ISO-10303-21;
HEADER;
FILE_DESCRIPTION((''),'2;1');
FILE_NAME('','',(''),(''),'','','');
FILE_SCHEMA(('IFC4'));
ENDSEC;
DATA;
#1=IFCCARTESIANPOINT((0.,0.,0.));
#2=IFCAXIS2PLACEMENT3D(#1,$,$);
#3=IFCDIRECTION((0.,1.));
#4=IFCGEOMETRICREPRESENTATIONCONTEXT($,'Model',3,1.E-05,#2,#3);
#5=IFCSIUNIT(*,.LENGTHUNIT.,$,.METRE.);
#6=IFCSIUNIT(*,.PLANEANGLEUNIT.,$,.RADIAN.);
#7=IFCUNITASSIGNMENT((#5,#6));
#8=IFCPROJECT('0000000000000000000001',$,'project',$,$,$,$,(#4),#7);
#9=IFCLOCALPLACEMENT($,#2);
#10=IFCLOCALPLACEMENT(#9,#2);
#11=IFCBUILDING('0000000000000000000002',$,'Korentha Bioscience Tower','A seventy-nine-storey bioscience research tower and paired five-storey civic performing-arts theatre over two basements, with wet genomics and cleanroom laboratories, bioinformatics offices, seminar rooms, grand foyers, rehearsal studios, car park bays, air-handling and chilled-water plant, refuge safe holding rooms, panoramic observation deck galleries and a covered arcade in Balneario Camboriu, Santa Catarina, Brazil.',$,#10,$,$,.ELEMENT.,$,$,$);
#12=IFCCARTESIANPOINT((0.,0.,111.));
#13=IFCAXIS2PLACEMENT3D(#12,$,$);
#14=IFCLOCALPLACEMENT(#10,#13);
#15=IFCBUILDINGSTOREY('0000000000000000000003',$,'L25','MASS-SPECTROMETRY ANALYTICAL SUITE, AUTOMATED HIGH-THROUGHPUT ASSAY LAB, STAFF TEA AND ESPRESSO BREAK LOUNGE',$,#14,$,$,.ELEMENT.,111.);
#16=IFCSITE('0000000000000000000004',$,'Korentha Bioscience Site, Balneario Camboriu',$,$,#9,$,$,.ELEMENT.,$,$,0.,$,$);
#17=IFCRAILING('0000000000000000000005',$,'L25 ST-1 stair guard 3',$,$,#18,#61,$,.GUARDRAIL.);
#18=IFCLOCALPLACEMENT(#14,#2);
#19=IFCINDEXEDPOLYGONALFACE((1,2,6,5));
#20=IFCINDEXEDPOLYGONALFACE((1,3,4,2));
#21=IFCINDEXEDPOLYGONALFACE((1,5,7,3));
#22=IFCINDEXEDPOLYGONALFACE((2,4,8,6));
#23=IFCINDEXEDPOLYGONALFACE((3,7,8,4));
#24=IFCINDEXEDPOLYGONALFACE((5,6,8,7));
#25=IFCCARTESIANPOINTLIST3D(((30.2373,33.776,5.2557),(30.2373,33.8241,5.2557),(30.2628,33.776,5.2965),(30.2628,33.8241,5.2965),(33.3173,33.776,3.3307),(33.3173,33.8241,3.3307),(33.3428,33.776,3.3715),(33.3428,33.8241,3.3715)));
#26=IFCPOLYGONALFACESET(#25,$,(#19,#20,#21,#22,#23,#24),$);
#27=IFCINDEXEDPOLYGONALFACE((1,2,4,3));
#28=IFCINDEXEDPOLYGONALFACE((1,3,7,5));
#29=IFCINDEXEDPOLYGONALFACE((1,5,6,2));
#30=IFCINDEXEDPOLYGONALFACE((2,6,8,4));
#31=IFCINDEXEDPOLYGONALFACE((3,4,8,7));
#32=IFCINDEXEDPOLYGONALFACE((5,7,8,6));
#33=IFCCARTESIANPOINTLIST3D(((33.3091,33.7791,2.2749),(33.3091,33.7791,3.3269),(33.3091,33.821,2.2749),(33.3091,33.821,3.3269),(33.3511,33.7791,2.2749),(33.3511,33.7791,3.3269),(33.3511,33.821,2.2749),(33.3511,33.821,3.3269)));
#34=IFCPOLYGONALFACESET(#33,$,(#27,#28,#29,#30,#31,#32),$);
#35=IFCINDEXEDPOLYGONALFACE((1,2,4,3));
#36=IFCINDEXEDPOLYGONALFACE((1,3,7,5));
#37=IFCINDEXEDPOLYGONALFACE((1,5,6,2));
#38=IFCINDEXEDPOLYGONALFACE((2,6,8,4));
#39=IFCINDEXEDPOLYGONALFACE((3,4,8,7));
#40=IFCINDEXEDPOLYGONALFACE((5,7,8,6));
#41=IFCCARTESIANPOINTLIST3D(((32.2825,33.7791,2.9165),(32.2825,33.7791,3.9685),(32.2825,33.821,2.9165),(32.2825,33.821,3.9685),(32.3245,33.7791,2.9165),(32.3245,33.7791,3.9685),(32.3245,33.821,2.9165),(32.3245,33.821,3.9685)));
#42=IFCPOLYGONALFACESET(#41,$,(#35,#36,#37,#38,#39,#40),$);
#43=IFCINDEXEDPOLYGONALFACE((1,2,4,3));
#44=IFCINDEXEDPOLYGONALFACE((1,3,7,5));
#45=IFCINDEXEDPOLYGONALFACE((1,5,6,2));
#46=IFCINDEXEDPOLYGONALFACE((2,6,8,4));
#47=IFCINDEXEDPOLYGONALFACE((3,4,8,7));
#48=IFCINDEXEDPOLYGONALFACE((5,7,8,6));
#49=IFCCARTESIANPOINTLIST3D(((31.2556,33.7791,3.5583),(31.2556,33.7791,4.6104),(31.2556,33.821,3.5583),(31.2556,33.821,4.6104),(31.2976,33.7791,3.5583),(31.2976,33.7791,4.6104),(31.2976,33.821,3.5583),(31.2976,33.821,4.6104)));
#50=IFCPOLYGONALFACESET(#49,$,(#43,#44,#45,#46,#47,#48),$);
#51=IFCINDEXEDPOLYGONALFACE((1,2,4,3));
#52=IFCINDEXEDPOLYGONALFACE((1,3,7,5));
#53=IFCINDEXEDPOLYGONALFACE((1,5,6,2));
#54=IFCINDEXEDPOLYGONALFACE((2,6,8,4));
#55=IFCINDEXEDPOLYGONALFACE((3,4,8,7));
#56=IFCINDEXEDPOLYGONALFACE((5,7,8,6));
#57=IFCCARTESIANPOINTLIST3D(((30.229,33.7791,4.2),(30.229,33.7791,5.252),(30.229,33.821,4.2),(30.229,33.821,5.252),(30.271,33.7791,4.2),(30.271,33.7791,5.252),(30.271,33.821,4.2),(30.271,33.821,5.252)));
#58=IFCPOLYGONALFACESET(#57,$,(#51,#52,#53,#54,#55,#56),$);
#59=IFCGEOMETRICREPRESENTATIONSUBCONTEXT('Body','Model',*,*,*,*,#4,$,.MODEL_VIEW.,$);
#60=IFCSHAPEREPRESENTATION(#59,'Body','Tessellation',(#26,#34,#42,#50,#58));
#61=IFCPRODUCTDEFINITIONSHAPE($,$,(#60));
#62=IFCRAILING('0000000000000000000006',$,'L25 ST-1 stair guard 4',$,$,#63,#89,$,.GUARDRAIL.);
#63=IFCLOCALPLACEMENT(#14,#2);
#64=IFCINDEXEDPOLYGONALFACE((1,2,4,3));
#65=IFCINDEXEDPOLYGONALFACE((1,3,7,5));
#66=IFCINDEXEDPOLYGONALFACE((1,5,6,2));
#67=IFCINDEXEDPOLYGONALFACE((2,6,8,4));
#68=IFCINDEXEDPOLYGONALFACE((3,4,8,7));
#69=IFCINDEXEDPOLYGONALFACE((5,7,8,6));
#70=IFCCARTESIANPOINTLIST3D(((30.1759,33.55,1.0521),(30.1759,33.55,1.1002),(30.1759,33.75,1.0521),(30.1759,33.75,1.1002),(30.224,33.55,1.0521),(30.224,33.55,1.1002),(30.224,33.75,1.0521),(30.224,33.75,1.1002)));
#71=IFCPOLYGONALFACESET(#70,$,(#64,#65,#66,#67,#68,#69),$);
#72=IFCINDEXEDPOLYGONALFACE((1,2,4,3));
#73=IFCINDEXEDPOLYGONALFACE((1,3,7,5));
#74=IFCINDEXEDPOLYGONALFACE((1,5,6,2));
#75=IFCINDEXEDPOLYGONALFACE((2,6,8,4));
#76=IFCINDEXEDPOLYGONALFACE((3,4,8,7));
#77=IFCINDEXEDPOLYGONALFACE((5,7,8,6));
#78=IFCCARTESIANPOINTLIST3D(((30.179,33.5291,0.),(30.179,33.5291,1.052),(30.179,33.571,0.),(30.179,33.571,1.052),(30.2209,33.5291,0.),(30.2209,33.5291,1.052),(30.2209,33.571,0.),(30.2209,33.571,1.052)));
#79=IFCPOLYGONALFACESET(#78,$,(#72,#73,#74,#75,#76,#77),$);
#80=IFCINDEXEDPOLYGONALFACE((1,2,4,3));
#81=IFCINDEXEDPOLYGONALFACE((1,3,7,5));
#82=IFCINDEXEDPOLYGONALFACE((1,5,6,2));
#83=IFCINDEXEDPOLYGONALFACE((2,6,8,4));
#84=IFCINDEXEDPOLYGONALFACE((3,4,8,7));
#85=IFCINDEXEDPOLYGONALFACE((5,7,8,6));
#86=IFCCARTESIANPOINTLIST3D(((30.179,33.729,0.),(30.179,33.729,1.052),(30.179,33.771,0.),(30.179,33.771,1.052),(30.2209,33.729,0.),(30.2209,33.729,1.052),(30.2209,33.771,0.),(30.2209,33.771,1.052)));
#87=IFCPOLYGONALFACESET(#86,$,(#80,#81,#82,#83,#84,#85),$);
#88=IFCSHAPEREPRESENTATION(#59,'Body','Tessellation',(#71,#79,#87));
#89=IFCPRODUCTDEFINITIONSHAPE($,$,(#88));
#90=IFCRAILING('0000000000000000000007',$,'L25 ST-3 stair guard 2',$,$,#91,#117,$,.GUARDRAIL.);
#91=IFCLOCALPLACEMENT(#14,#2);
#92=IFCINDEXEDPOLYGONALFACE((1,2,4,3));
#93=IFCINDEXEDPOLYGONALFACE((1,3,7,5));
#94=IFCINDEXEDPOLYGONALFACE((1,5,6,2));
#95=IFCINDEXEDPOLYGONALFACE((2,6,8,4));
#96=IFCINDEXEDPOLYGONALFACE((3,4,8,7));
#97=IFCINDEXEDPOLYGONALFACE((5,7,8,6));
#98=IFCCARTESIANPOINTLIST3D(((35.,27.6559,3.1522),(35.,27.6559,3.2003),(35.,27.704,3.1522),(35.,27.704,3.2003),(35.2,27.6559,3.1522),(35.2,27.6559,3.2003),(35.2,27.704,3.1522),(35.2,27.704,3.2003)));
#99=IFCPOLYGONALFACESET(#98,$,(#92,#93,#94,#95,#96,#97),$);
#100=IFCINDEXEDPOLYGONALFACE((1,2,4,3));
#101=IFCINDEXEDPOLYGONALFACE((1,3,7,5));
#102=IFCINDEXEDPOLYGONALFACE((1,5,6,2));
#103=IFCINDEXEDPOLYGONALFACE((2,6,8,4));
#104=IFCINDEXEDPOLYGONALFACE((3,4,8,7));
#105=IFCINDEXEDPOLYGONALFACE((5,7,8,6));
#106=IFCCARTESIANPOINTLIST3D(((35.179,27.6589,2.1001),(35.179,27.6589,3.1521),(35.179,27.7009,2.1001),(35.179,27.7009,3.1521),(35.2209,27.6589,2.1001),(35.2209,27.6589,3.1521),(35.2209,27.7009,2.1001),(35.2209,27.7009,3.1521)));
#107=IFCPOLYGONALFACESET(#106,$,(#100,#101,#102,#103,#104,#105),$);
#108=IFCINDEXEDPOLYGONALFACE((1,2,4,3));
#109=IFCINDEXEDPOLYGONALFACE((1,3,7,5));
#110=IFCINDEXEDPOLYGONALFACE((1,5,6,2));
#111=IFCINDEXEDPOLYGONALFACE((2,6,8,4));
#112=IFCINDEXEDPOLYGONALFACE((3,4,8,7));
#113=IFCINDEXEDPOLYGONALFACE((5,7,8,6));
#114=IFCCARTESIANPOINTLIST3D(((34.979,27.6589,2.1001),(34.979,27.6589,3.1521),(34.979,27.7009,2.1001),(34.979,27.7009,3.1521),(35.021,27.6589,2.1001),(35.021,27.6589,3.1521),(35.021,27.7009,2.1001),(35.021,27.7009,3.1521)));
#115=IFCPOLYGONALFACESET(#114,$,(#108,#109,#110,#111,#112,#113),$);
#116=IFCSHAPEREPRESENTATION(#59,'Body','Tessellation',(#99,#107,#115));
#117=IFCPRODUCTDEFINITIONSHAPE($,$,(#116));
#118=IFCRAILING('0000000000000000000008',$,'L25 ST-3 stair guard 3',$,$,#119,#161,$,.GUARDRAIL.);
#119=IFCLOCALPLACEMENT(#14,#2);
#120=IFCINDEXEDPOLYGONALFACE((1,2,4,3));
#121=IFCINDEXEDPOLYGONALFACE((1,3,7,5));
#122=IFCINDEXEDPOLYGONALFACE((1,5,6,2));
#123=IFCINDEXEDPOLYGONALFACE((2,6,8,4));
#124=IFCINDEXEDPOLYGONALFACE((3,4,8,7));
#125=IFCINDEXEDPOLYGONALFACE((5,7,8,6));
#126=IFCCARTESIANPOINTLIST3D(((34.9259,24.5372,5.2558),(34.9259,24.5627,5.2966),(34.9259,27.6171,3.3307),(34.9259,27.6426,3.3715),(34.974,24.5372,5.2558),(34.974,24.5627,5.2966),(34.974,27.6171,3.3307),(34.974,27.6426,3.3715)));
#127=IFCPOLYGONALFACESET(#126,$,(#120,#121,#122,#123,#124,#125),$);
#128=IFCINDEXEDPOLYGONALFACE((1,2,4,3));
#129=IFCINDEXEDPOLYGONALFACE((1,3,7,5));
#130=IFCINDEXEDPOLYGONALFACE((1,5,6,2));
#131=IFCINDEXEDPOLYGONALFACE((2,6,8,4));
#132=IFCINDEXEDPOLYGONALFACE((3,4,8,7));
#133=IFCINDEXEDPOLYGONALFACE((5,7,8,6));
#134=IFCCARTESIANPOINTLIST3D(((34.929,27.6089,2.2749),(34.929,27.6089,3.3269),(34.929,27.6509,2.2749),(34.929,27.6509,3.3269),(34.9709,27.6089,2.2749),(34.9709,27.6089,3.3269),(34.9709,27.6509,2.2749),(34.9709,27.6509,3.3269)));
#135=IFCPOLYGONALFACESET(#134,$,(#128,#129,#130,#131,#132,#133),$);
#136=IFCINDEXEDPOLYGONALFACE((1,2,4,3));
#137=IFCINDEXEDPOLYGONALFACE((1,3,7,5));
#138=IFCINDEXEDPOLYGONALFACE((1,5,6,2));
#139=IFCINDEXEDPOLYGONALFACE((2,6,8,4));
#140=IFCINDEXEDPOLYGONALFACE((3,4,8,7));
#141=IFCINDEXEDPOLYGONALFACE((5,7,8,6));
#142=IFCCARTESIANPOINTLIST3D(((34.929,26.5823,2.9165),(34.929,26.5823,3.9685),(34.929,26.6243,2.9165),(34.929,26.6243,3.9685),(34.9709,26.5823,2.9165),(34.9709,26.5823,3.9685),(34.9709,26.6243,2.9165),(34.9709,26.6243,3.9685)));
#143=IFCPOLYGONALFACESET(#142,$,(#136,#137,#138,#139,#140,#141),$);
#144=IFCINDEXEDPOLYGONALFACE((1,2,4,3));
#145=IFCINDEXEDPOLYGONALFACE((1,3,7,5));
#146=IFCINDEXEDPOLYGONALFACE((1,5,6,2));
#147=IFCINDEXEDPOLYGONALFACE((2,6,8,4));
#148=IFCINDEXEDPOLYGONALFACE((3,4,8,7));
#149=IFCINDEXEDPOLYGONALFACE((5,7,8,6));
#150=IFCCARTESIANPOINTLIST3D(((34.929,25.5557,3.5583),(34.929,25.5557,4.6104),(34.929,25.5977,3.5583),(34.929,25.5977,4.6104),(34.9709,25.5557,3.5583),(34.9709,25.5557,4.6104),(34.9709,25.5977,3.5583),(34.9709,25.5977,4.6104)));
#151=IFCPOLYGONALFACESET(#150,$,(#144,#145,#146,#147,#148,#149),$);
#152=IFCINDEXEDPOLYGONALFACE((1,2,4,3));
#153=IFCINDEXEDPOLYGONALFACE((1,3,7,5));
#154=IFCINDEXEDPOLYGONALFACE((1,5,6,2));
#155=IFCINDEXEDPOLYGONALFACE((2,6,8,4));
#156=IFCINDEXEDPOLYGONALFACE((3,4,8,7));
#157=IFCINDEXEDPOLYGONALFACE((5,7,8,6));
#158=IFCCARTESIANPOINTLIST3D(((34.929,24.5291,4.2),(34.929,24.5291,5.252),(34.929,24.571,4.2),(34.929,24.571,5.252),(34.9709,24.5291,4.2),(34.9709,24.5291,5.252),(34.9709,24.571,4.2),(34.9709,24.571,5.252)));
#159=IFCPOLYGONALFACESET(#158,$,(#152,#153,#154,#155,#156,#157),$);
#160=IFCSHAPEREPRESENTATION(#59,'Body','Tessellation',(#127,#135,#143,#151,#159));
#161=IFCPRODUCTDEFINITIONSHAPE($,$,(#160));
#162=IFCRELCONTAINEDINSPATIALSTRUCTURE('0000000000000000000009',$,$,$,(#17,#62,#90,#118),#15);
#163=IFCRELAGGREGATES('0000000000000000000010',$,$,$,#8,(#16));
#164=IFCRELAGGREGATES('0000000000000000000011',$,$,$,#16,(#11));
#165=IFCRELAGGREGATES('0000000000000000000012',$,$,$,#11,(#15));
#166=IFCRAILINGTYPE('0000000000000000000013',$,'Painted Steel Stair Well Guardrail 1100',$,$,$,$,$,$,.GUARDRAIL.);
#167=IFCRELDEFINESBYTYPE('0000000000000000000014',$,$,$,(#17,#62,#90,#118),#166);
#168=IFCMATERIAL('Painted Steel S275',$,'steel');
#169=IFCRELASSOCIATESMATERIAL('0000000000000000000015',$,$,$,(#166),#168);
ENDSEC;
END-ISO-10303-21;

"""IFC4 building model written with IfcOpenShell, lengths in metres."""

from ifc_helpers import new_model, si_unit, direction, frame, origin, origin_2d, place, context, subcontext, project, spatial, rectangle, extrude, material, type_object, element, save


model = new_model("IFC4")

# Units and contexts
model_context = context("Model", 3, precision=1e-05, world=origin(), true_north=direction((0.0, 1.0)))
body_context = subcontext(model_context, "Body", "Model", "MODEL_VIEW")
ifc_project = project(units=[si_unit("LENGTHUNIT", "METRE"), si_unit("PLANEANGLEUNIT", "RADIAN")], contexts=[model_context])

# Site, building, storey
site_placement = place(None, origin())
site = spatial("IfcSite", under=ifc_project, at=site_placement, Name="Korentha Bioscience Site, Balneario Camboriu", CompositionType="ELEMENT", RefElevation=0.0)
building_placement = place(site_placement, origin())
building = spatial("IfcBuilding", under=site, at=building_placement, Name="Korentha Bioscience Tower", Description="A seventy-nine-storey bioscience research tower and paired five-storey civic performing-arts theatre over two basements, with wet genomics and cleanroom laboratories, bioinformatics offices, seminar rooms, grand foyers, rehearsal studios, car park bays, air-handling and chilled-water plant, refuge safe holding rooms, panoramic observation deck galleries and a covered arcade in Balneario Camboriu, Santa Catarina, Brazil.", CompositionType="ELEMENT")
storey_placement = place(building_placement, frame((0.0, 0.0, 111.0)))
storey = spatial("IfcBuildingStorey", under=building, at=storey_placement, Name="L25", Description="MASS-SPECTROMETRY ANALYTICAL SUITE, AUTOMATED HIGH-THROUGHPUT ASSAY LAB, STAFF TEA AND ESPRESSO BREAK LOUNGE", CompositionType="ELEMENT", Elevation=111.0)

# Railings
ifc_material_1 = material(Name="Painted Steel S275", Category="steel")
railing_type_1 = type_object("IfcRailingType", Name="Painted Steel Stair Well Guardrail 1100", PredefinedType="GUARDRAIL", material=ifc_material_1)
railing_1_placement = place(storey_placement, frame((33.3301, 33.8, 2.2749)))
element("IfcRailing", 1, at=railing_1_placement, inside=storey, type_object=railing_type_1, Name="L25 ST-1 stair guard 3", PredefinedType="GUARDRAIL", context=body_context, shape_type="SweptSolid", body=[
    extrude(rectangle(XDim=0.0481, YDim=0.0481, at=origin_2d()), frame((0.0, 0.0, 1.0762), z_axis=(-0.847998, 0.0, 0.529999), x_axis=(0.0, -1.0, 0.0)), (0.0, 0.0, 1.0), 3.6321),
    extrude(rectangle(XDim=0.042, YDim=0.042, at=origin_2d()), origin(), (0.0, 0.0, 1.0), 1.052),
    extrude(rectangle(XDim=0.042, YDim=0.042, at=origin_2d()), frame((-1.0266, 0.0, 0.6416)), (0.0, 0.0, 1.0), 1.052),
    extrude(rectangle(XDim=0.042, YDim=0.042, at=origin_2d()), frame((-2.0535, 0.0, 1.2834)), (0.0, 0.0, 1.0), 1.052),
    extrude(rectangle(XDim=0.042, YDim=0.042, at=origin_2d()), frame((-3.0801, 0.0, 1.925)), (0.0, 0.0, 1.0), 1.052),
])
railing_2_placement = place(storey_placement, frame((30.2, 33.55, 0.0)))
element("IfcRailing", 2, at=railing_2_placement, inside=storey, type_object=railing_type_1, Name="L25 ST-1 stair guard 4", PredefinedType="GUARDRAIL", context=body_context, shape_type="SweptSolid", body=[
    extrude(rectangle(XDim=0.0481, YDim=0.0481, at=origin_2d()), frame((0.0, 0.0, 1.0762), z_axis=(0.0, 1.0, 0.0), x_axis=(-1.0, 0.0, 0.0)), (0.0, 0.0, 1.0), 0.2),
    extrude(rectangle(XDim=0.042, YDim=0.042, at=origin_2d()), origin(), (0.0, 0.0, 1.0), 1.052),
    extrude(rectangle(XDim=0.042, YDim=0.042, at=origin_2d()), frame((0.0, 0.2, 0.0)), (0.0, 0.0, 1.0), 1.052),
])
railing_3_placement = place(storey_placement, frame((35.2, 27.6799, 2.1001)))
element("IfcRailing", 3, at=railing_3_placement, inside=storey, type_object=railing_type_1, Name="L25 ST-3 stair guard 2", PredefinedType="GUARDRAIL", context=body_context, shape_type="SweptSolid", body=[
    extrude(rectangle(XDim=0.0481, YDim=0.0481, at=origin_2d()), frame((0.0, 0.0, 1.0762), z_axis=(-1.0, 0.0, 0.0), x_axis=(0.0, -1.0, 0.0)), (0.0, 0.0, 1.0), 0.2),
    extrude(rectangle(XDim=0.042, YDim=0.042, at=origin_2d()), origin(), (0.0, 0.0, 1.0), 1.052),
    extrude(rectangle(XDim=0.042, YDim=0.042, at=origin_2d()), frame((-0.2, 0.0, 0.0)), (0.0, 0.0, 1.0), 1.052),
])
railing_4_placement = place(storey_placement, frame((34.95, 27.6299, 2.2749)))
element("IfcRailing", 4, at=railing_4_placement, inside=storey, type_object=railing_type_1, Name="L25 ST-3 stair guard 3", PredefinedType="GUARDRAIL", context=body_context, shape_type="SweptSolid", body=[
    extrude(rectangle(XDim=0.0481, YDim=0.0481, at=origin_2d()), frame((0.0, 0.0, 1.0762), z_axis=(0.0, -0.847979, 0.530029), x_axis=(1.0, 0.0, 0.0)), (0.0, 0.0, 1.0), 3.6321),
    extrude(rectangle(XDim=0.042, YDim=0.042, at=origin_2d()), origin(), (0.0, 0.0, 1.0), 1.052),
    extrude(rectangle(XDim=0.042, YDim=0.042, at=origin_2d()), frame((0.0, -1.0266, 0.6416)), (0.0, 0.0, 1.0), 1.052),
    extrude(rectangle(XDim=0.042, YDim=0.042, at=origin_2d()), frame((0.0, -2.0532, 1.2834)), (0.0, 0.0, 1.0), 1.052),
    extrude(rectangle(XDim=0.042, YDim=0.042, at=origin_2d()), frame((0.0, -3.0798, 1.925)), (0.0, 0.0, 1.0), 1.052),
])

save(model, "model.ifc")
